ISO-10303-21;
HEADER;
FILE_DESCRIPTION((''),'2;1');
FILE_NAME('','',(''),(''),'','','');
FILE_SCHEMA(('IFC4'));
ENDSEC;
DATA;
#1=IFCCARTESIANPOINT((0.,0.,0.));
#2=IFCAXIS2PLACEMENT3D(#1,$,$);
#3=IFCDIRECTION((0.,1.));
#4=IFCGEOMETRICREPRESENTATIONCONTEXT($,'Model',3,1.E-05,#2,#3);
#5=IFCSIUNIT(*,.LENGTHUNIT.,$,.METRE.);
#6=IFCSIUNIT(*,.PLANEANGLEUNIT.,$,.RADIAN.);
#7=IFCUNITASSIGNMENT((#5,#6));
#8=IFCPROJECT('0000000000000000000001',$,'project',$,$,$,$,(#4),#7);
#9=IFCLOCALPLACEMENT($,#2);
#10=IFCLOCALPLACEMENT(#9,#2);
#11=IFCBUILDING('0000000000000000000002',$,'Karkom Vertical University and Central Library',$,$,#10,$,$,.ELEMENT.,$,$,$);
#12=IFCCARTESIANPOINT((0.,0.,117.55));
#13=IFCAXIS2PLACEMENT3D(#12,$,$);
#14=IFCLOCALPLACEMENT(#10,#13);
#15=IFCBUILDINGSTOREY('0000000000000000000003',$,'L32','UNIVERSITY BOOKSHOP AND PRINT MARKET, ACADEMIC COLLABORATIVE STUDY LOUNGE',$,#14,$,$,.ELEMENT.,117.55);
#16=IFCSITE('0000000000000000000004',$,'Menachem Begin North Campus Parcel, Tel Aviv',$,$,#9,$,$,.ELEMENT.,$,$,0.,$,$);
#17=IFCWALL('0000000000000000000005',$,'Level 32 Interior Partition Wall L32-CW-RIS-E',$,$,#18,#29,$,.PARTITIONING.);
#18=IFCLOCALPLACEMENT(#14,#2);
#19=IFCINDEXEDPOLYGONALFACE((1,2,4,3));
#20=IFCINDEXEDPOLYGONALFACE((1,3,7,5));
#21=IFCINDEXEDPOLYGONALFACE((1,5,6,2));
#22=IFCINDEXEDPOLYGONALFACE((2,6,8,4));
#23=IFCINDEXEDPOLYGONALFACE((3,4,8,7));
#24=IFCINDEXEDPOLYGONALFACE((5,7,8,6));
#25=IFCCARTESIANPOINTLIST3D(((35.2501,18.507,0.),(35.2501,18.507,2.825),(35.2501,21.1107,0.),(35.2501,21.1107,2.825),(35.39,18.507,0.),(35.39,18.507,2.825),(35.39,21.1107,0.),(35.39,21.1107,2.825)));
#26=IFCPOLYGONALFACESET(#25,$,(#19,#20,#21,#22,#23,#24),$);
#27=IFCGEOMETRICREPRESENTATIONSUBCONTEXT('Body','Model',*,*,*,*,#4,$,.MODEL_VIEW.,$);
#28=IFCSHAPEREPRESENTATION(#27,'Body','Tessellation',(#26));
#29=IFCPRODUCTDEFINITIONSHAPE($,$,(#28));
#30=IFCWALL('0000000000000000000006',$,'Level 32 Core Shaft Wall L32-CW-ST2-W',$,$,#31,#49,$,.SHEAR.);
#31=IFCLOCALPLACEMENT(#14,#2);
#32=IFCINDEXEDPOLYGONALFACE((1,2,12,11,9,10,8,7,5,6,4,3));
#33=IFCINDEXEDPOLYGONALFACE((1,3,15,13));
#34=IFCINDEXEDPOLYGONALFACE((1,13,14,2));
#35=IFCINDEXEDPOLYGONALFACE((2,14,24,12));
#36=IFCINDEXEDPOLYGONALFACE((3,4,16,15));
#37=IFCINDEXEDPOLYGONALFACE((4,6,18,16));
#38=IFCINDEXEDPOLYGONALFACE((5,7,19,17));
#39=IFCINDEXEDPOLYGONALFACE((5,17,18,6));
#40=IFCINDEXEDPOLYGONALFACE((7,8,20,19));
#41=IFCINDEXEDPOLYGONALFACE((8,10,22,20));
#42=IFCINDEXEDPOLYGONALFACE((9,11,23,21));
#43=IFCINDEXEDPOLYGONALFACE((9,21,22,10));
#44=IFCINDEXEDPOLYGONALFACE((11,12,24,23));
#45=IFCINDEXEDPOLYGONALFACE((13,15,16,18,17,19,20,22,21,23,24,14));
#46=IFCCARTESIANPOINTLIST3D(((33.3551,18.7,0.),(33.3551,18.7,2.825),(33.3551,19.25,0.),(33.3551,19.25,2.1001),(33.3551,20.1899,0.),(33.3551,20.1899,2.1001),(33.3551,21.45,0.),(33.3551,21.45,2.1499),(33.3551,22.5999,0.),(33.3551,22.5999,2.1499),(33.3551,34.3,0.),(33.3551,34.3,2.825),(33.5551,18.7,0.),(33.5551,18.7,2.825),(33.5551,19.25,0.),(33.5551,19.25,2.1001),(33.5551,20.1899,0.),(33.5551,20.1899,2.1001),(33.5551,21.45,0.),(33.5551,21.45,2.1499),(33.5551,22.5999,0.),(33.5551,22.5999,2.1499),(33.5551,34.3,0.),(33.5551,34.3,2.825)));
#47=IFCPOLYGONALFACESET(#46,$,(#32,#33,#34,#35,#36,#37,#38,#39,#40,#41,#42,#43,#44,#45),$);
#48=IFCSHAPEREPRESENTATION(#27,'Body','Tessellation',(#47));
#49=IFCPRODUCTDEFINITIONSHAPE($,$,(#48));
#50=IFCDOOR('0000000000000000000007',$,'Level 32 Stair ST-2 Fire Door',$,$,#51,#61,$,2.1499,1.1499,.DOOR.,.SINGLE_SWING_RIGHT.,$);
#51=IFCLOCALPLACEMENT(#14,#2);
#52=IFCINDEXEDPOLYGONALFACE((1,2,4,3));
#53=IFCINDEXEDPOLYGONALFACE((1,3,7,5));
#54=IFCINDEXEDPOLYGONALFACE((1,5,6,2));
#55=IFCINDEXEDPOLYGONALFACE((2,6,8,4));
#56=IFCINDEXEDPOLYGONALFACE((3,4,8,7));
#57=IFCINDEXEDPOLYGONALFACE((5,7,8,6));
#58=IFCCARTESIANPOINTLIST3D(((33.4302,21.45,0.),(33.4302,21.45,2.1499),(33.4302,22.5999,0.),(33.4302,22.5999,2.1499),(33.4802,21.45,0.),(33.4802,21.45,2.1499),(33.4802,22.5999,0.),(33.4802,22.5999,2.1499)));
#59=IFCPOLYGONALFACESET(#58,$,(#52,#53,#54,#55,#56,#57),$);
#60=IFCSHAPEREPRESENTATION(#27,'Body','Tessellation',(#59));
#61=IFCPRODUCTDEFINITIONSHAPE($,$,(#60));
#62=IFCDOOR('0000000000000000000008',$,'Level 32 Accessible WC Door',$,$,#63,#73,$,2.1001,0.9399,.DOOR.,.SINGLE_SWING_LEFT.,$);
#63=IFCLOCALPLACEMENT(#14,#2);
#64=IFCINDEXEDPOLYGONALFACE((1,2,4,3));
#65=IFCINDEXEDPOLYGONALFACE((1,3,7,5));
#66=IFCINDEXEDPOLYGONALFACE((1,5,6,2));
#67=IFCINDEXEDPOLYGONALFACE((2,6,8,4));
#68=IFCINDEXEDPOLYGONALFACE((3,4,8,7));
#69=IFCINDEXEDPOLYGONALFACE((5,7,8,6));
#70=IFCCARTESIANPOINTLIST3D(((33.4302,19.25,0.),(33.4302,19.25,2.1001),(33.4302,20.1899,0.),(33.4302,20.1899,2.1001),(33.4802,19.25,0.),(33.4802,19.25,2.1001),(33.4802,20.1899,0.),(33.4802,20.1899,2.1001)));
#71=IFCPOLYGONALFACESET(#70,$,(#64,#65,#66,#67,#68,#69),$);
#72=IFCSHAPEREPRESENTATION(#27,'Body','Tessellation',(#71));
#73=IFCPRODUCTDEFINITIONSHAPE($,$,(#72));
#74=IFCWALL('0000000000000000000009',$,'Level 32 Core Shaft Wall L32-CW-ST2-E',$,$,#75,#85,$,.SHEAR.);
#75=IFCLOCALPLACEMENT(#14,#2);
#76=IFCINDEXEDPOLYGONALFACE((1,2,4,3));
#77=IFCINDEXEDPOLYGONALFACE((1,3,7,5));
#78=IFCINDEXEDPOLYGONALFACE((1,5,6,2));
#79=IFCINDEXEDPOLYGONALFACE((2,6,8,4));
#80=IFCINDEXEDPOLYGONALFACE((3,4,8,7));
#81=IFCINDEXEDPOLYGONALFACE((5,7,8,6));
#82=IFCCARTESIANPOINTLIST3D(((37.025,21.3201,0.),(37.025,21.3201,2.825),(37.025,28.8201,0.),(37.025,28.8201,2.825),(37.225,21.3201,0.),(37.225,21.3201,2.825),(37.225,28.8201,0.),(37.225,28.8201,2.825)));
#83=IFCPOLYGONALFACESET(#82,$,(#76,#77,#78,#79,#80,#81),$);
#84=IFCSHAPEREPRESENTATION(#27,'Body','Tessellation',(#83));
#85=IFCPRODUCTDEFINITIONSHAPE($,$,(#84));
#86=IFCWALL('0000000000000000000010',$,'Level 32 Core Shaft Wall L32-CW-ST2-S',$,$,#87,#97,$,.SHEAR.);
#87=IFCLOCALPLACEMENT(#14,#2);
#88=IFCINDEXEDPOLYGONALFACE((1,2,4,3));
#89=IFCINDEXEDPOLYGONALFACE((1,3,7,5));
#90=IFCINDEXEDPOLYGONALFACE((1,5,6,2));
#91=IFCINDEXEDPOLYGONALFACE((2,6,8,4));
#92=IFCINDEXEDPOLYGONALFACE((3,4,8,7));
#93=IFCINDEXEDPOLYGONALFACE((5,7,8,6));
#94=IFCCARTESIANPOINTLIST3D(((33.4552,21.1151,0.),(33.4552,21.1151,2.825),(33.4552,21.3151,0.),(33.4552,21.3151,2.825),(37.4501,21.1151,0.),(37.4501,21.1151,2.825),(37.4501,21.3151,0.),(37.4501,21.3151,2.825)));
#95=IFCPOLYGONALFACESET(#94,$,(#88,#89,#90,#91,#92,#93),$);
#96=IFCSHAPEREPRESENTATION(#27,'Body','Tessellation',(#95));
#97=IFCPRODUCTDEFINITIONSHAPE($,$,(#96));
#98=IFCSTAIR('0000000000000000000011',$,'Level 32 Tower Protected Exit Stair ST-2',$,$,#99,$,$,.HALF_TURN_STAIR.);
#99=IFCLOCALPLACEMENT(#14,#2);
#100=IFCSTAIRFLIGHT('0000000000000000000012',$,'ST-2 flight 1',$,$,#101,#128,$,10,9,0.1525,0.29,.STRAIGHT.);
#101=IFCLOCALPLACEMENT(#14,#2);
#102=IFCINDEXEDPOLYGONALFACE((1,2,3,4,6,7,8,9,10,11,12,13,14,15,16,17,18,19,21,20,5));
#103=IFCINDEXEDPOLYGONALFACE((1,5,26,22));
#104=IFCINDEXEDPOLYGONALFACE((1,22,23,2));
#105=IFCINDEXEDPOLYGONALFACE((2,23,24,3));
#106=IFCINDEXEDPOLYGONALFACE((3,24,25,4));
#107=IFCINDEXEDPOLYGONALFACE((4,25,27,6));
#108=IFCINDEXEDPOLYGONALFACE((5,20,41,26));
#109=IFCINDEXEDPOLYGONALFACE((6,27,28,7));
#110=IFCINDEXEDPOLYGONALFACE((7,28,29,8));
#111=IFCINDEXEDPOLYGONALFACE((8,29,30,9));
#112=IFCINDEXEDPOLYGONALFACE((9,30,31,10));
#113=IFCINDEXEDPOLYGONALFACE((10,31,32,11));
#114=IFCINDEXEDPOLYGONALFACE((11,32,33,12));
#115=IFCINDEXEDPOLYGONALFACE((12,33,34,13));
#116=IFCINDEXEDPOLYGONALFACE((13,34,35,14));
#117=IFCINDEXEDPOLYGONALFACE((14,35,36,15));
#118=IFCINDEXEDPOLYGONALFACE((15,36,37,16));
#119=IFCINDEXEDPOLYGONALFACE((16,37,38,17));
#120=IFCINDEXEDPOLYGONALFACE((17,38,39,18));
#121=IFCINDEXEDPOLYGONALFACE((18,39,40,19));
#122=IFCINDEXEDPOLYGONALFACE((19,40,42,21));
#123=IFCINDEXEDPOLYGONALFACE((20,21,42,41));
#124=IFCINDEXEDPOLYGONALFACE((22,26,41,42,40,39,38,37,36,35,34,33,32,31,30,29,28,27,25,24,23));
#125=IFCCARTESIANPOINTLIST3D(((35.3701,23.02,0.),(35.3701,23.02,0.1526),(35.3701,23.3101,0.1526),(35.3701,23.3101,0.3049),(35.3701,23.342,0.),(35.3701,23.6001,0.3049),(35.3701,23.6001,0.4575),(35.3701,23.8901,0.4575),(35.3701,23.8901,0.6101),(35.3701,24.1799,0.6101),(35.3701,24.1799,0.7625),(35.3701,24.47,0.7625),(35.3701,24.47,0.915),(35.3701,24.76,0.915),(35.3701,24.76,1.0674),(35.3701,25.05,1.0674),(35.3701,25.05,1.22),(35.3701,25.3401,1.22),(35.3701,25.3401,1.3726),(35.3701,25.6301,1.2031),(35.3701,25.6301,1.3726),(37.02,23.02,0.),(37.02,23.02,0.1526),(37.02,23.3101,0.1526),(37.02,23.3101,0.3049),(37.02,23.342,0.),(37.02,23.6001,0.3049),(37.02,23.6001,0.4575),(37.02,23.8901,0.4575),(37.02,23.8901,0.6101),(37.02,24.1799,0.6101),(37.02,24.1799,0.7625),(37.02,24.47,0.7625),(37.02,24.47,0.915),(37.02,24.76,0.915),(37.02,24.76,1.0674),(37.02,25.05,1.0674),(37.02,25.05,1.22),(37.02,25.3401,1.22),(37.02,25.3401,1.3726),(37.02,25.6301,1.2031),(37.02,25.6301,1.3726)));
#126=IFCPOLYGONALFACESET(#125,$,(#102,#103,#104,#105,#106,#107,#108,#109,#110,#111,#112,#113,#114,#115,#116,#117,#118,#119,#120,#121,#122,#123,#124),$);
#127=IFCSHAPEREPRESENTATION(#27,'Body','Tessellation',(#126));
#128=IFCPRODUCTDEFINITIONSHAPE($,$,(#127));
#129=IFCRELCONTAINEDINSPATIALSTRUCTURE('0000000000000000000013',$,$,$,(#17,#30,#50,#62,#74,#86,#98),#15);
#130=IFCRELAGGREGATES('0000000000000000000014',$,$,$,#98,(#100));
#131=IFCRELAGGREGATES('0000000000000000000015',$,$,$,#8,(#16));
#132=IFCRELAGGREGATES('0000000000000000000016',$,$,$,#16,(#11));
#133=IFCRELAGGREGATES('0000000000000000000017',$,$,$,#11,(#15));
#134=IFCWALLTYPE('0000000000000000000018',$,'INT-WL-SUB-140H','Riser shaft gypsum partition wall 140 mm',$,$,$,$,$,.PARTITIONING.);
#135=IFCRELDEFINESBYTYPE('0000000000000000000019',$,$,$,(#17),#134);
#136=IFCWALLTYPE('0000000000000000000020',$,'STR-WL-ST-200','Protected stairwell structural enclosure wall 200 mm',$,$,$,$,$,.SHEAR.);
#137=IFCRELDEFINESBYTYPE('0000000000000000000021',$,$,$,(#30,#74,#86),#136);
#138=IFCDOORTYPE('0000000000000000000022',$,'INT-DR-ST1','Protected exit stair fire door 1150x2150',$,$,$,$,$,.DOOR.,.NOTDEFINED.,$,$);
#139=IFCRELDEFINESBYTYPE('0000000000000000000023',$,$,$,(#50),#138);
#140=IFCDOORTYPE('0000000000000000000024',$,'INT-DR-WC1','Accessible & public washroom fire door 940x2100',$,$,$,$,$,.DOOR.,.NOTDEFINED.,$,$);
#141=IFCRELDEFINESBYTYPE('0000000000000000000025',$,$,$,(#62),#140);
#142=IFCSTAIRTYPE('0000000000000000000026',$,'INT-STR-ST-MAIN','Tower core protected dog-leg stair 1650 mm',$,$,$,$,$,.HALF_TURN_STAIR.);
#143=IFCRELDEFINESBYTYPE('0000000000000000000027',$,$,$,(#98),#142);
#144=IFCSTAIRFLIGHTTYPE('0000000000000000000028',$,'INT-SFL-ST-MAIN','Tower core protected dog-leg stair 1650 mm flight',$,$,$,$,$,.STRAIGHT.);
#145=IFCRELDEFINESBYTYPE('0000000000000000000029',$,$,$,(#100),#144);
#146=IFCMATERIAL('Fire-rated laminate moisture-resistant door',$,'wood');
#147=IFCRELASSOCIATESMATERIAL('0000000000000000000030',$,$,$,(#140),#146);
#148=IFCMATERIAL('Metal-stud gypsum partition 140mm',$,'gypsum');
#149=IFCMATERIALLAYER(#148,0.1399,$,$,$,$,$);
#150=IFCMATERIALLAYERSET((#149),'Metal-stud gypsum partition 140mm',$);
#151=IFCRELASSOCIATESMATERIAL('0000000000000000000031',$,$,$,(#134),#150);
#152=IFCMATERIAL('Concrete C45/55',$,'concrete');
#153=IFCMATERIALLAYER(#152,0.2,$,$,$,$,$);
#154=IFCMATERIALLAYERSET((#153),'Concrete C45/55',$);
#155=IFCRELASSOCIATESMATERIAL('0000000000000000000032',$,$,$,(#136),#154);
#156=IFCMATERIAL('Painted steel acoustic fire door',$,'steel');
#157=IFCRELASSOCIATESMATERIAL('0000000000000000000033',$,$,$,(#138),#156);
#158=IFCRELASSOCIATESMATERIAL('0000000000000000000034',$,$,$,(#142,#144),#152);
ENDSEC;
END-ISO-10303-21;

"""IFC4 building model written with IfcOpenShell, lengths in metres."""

from ifc_helpers import new_model, si_unit, direction, frame, frame_2d, origin, origin_with_axes, place, context, subcontext, project, spatial, polyline, rectangle, outline, extrude, source, transform, mapped, material, layer, layer_set, type_object, element, fill, aggregate, save


model = new_model("IFC4")

# Units and contexts
model_context = context("Model", 3, precision=1e-05, world=origin(), true_north=direction((0.0, 1.0)))
body_context = subcontext(model_context, "Body", "Model", "MODEL_VIEW")
ifc_project = project(units=[si_unit("LENGTHUNIT", "METRE"), si_unit("PLANEANGLEUNIT", "RADIAN")], contexts=[model_context])

# Site, building, storey
site_placement = place(None, origin())
site = spatial("IfcSite", under=ifc_project, at=site_placement, Name="Menachem Begin North Campus Parcel, Tel Aviv", CompositionType="ELEMENT", RefElevation=0.0)
building_placement = place(site_placement, origin())
building = spatial("IfcBuilding", under=site, at=building_placement, Name="Karkom Vertical University and Central Library", CompositionType="ELEMENT")
storey_placement = place(building_placement, frame((0.0, 0.0, 117.55)))
storey = spatial("IfcBuildingStorey", under=building, at=storey_placement, Name="L32", Description="UNIVERSITY BOOKSHOP AND PRINT MARKET, ACADEMIC COLLABORATIVE STUDY LOUNGE", CompositionType="ELEMENT", Elevation=117.55)

# Shared definitions
ifc_material_1 = material(Name="Metal-stud gypsum partition 140mm", Category="gypsum")
ifc_material_2 = material(Name="Fire-rated laminate moisture-resistant door", Category="wood")
door_type_1 = type_object("IfcDoorType", Name="INT-DR-WC1", Description="Accessible & public washroom fire door 940x2100", OperationType="NOTDEFINED", PredefinedType="DOOR", material=ifc_material_2)
shared_shape_1 = source(origin_with_axes(), body_context, "Body", "SweptSolid", [
    extrude(rectangle(XDim=0.9399, YDim=2.1001, at=frame_2d((0.47, 1.05))), frame((0.0, 0.0249, 0.0), z_axis=(0.0, -1.0, 0.0), x_axis=(1.0, 0.0, 0.0)), (0.0, 0.0, 1.0), 0.05),
])

# Wall
ifc_layer_1 = layer(ifc_material_1, 0.1399)
ifc_layer_set_1 = layer_set([ifc_layer_1], Name="Metal-stud gypsum partition 140mm")
wall_type_1 = type_object("IfcWallType", Name="INT-WL-SUB-140H", Description="Riser shaft gypsum partition wall 140 mm", PredefinedType="PARTITIONING", material=ifc_layer_set_1)
wall_1_placement = place(storey_placement, frame((35.3201, 18.5071, 0.0), z_axis=(0.0, 0.0, 1.0), x_axis=(0.0, 1.0, 0.0)))
element("IfcWall", 1, at=wall_1_placement, inside=storey, type_object=wall_type_1, Name="Level 32 Interior Partition Wall L32-CW-RIS-E", PredefinedType="PARTITIONING", context=body_context, shape_type="SweptSolid", body=[
    extrude(rectangle(XDim=2.6038, YDim=0.1399, at=frame_2d((1.3018, 0.0))), origin(), (0.0, 0.0, 1.0), 2.825),
])

# Wall, openings, doors
ifc_material_3 = material(Name="Concrete C45/55", Category="concrete")
ifc_layer_2 = layer(ifc_material_3, 0.2)
ifc_layer_set_2 = layer_set([ifc_layer_2], Name="Concrete C45/55")
wall_type_2 = type_object("IfcWallType", Name="STR-WL-ST-200", Description="Protected stairwell structural enclosure wall 200 mm", PredefinedType="SHEAR", material=ifc_layer_set_2)
wall_2_placement = place(storey_placement, frame((33.4551, 18.7, 0.0), z_axis=(0.0, 0.0, 1.0), x_axis=(0.0, 1.0, 0.0)))
wall_2 = element("IfcWall", 2, at=wall_2_placement, inside=storey, type_object=wall_type_2, Name="Level 32 Core Shaft Wall L32-CW-ST2-W", PredefinedType="SHEAR", context=body_context, shape_type="SweptSolid", body=[
    extrude(rectangle(XDim=15.6001, YDim=0.2, at=frame_2d((7.8, 0.0))), origin(), (0.0, 0.0, 1.0), 2.825),
])
opening_1_placement = place(wall_2_placement, frame((2.75, 0.0, 0.0)))
opening_1 = element("IfcOpeningElement", 3, at=opening_1_placement, cuts=wall_2, PredefinedType="OPENING", context=body_context, shape_type="SweptSolid", body=[
    extrude(rectangle(XDim=1.1499, YDim=2.1499, at=frame_2d((0.575, 1.075))), frame((0.0, 0.1099, 0.0), z_axis=(0.0, -1.0, 0.0), x_axis=(1.0, 0.0, 0.0)), (0.0, 0.0, 1.0), 0.22),
])
opening_2_placement = place(wall_2_placement, frame((0.55, 0.0, 0.0)))
opening_2 = element("IfcOpeningElement", 4, at=opening_2_placement, cuts=wall_2, PredefinedType="OPENING", context=body_context, shape_type="SweptSolid", body=[
    extrude(rectangle(XDim=0.9399, YDim=2.1001, at=frame_2d((0.47, 1.05))), frame((0.0, 0.1099, 0.0), z_axis=(0.0, -1.0, 0.0), x_axis=(1.0, 0.0, 0.0)), (0.0, 0.0, 1.0), 0.22),
])
ifc_material_4 = material(Name="Painted steel acoustic fire door", Category="steel")
door_type_2 = type_object("IfcDoorType", Name="INT-DR-ST1", Description="Protected exit stair fire door 1150x2150", OperationType="NOTDEFINED", PredefinedType="DOOR", material=ifc_material_4)
shared_shape_2 = source(origin_with_axes(), body_context, "Body", "SweptSolid", [
    extrude(rectangle(XDim=1.1499, YDim=2.1499, at=frame_2d((0.575, 1.075))), frame((0.0, 0.0249, 0.0), z_axis=(0.0, -1.0, 0.0), x_axis=(1.0, 0.0, 0.0)), (0.0, 0.0, 1.0), 0.05),
])
door_1_placement = place(opening_1_placement, origin())
door_1 = element("IfcDoor", 5, at=door_1_placement, inside=storey, type_object=door_type_2, Name="Level 32 Stair ST-2 Fire Door", OperationType="SINGLE_SWING_RIGHT", OverallHeight=2.1499, OverallWidth=1.1499, PredefinedType="DOOR", context=body_context, shape_type="MappedRepresentation", body=[
    mapped(shared_shape_2, transform((0.0, 0.0, 0.0), scale=1.0)),
])
fill(opening_1, door_1)
door_2_placement = place(opening_2_placement, origin())
door_2 = element("IfcDoor", 6, at=door_2_placement, inside=storey, type_object=door_type_1, Name="Level 32 Accessible WC Door", OperationType="SINGLE_SWING_LEFT", OverallHeight=2.1001, OverallWidth=0.9399, PredefinedType="DOOR", context=body_context, shape_type="MappedRepresentation", body=[
    mapped(shared_shape_1, transform((0.0, 0.0, 0.0), scale=1.0)),
])
fill(opening_2, door_2)

# Walls
wall_3_placement = place(storey_placement, frame((37.125, 21.3201, 0.0), z_axis=(0.0, 0.0, 1.0), x_axis=(0.0, 1.0, 0.0)))
element("IfcWall", 7, at=wall_3_placement, inside=storey, type_object=wall_type_2, Name="Level 32 Core Shaft Wall L32-CW-ST2-E", PredefinedType="SHEAR", context=body_context, shape_type="SweptSolid", body=[
    extrude(rectangle(XDim=7.5, YDim=0.2, at=frame_2d((3.75, 0.0))), origin(), (0.0, 0.0, 1.0), 2.825),
])
wall_4_placement = place(storey_placement, frame((33.4551, 21.2151, 0.0), z_axis=(0.0, 0.0, 1.0), x_axis=(1.0, 0.0, 0.0)))
element("IfcWall", 8, at=wall_4_placement, inside=storey, type_object=wall_type_2, Name="Level 32 Core Shaft Wall L32-CW-ST2-S", PredefinedType="SHEAR", context=body_context, shape_type="SweptSolid", body=[
    extrude(rectangle(XDim=3.9949, YDim=0.2, at=frame_2d((1.9976, 0.0))), origin(), (0.0, 0.0, 1.0), 2.825),
])

# Stair, stair flight
stair_type = type_object("IfcStairType", Name="INT-STR-ST-MAIN", Description="Tower core protected dog-leg stair 1650 mm", PredefinedType="HALF_TURN_STAIR", material=ifc_material_3)
stair_placement = place(storey_placement, origin())
stair = element("IfcStair", 9, at=stair_placement, inside=storey, type_object=stair_type, Name="Level 32 Tower Protected Exit Stair ST-2", PredefinedType="HALF_TURN_STAIR")
stair_flight_type = type_object("IfcStairFlightType", Name="INT-SFL-ST-MAIN", Description="Tower core protected dog-leg stair 1650 mm flight", PredefinedType="STRAIGHT", material=ifc_material_3)
stair_flight_placement = place(storey_placement, frame((36.1951, 23.02, 0.0), z_axis=(0.0, 0.0, 1.0), x_axis=(0.0, 1.0, 0.0)))
stair_flight = element("IfcStairFlight", 10, at=stair_flight_placement, type_object=stair_flight_type, Name="ST-2 flight 1", NumberOfRisers=10, NumberOfTreads=9, PredefinedType="STRAIGHT", RiserHeight=0.1525, TreadLength=0.29, context=body_context, shape_type="SweptSolid", body=[
    extrude(outline(polyline([(0.0, 0.0), (0.0, 0.1526), (0.29, 0.1526), (0.29, 0.3049), (0.5801, 0.3049), (0.5801, 0.4575), (0.8701, 0.4575), (0.8701, 0.6101), (1.1599, 0.6101), (1.1599, 0.7625), (1.45, 0.7625), (1.45, 0.915), (1.74, 0.915), (1.74, 1.0674), (2.03, 1.0674), (2.03, 1.22), (2.3201, 1.22), (2.3201, 1.3726), (2.6101, 1.3726), (2.6101, 1.5249), (2.6101, 1.2031), (0.322, 0.0), (0.0, 0.0)])), frame((0.0, 0.825, 0.0), z_axis=(0.0, -1.0, 0.0), x_axis=(1.0, 0.0, 0.0)), (0.0, 0.0, 1.0), 1.6499),
])
aggregate(stair, [stair_flight])

save(model, "model.ifc")
